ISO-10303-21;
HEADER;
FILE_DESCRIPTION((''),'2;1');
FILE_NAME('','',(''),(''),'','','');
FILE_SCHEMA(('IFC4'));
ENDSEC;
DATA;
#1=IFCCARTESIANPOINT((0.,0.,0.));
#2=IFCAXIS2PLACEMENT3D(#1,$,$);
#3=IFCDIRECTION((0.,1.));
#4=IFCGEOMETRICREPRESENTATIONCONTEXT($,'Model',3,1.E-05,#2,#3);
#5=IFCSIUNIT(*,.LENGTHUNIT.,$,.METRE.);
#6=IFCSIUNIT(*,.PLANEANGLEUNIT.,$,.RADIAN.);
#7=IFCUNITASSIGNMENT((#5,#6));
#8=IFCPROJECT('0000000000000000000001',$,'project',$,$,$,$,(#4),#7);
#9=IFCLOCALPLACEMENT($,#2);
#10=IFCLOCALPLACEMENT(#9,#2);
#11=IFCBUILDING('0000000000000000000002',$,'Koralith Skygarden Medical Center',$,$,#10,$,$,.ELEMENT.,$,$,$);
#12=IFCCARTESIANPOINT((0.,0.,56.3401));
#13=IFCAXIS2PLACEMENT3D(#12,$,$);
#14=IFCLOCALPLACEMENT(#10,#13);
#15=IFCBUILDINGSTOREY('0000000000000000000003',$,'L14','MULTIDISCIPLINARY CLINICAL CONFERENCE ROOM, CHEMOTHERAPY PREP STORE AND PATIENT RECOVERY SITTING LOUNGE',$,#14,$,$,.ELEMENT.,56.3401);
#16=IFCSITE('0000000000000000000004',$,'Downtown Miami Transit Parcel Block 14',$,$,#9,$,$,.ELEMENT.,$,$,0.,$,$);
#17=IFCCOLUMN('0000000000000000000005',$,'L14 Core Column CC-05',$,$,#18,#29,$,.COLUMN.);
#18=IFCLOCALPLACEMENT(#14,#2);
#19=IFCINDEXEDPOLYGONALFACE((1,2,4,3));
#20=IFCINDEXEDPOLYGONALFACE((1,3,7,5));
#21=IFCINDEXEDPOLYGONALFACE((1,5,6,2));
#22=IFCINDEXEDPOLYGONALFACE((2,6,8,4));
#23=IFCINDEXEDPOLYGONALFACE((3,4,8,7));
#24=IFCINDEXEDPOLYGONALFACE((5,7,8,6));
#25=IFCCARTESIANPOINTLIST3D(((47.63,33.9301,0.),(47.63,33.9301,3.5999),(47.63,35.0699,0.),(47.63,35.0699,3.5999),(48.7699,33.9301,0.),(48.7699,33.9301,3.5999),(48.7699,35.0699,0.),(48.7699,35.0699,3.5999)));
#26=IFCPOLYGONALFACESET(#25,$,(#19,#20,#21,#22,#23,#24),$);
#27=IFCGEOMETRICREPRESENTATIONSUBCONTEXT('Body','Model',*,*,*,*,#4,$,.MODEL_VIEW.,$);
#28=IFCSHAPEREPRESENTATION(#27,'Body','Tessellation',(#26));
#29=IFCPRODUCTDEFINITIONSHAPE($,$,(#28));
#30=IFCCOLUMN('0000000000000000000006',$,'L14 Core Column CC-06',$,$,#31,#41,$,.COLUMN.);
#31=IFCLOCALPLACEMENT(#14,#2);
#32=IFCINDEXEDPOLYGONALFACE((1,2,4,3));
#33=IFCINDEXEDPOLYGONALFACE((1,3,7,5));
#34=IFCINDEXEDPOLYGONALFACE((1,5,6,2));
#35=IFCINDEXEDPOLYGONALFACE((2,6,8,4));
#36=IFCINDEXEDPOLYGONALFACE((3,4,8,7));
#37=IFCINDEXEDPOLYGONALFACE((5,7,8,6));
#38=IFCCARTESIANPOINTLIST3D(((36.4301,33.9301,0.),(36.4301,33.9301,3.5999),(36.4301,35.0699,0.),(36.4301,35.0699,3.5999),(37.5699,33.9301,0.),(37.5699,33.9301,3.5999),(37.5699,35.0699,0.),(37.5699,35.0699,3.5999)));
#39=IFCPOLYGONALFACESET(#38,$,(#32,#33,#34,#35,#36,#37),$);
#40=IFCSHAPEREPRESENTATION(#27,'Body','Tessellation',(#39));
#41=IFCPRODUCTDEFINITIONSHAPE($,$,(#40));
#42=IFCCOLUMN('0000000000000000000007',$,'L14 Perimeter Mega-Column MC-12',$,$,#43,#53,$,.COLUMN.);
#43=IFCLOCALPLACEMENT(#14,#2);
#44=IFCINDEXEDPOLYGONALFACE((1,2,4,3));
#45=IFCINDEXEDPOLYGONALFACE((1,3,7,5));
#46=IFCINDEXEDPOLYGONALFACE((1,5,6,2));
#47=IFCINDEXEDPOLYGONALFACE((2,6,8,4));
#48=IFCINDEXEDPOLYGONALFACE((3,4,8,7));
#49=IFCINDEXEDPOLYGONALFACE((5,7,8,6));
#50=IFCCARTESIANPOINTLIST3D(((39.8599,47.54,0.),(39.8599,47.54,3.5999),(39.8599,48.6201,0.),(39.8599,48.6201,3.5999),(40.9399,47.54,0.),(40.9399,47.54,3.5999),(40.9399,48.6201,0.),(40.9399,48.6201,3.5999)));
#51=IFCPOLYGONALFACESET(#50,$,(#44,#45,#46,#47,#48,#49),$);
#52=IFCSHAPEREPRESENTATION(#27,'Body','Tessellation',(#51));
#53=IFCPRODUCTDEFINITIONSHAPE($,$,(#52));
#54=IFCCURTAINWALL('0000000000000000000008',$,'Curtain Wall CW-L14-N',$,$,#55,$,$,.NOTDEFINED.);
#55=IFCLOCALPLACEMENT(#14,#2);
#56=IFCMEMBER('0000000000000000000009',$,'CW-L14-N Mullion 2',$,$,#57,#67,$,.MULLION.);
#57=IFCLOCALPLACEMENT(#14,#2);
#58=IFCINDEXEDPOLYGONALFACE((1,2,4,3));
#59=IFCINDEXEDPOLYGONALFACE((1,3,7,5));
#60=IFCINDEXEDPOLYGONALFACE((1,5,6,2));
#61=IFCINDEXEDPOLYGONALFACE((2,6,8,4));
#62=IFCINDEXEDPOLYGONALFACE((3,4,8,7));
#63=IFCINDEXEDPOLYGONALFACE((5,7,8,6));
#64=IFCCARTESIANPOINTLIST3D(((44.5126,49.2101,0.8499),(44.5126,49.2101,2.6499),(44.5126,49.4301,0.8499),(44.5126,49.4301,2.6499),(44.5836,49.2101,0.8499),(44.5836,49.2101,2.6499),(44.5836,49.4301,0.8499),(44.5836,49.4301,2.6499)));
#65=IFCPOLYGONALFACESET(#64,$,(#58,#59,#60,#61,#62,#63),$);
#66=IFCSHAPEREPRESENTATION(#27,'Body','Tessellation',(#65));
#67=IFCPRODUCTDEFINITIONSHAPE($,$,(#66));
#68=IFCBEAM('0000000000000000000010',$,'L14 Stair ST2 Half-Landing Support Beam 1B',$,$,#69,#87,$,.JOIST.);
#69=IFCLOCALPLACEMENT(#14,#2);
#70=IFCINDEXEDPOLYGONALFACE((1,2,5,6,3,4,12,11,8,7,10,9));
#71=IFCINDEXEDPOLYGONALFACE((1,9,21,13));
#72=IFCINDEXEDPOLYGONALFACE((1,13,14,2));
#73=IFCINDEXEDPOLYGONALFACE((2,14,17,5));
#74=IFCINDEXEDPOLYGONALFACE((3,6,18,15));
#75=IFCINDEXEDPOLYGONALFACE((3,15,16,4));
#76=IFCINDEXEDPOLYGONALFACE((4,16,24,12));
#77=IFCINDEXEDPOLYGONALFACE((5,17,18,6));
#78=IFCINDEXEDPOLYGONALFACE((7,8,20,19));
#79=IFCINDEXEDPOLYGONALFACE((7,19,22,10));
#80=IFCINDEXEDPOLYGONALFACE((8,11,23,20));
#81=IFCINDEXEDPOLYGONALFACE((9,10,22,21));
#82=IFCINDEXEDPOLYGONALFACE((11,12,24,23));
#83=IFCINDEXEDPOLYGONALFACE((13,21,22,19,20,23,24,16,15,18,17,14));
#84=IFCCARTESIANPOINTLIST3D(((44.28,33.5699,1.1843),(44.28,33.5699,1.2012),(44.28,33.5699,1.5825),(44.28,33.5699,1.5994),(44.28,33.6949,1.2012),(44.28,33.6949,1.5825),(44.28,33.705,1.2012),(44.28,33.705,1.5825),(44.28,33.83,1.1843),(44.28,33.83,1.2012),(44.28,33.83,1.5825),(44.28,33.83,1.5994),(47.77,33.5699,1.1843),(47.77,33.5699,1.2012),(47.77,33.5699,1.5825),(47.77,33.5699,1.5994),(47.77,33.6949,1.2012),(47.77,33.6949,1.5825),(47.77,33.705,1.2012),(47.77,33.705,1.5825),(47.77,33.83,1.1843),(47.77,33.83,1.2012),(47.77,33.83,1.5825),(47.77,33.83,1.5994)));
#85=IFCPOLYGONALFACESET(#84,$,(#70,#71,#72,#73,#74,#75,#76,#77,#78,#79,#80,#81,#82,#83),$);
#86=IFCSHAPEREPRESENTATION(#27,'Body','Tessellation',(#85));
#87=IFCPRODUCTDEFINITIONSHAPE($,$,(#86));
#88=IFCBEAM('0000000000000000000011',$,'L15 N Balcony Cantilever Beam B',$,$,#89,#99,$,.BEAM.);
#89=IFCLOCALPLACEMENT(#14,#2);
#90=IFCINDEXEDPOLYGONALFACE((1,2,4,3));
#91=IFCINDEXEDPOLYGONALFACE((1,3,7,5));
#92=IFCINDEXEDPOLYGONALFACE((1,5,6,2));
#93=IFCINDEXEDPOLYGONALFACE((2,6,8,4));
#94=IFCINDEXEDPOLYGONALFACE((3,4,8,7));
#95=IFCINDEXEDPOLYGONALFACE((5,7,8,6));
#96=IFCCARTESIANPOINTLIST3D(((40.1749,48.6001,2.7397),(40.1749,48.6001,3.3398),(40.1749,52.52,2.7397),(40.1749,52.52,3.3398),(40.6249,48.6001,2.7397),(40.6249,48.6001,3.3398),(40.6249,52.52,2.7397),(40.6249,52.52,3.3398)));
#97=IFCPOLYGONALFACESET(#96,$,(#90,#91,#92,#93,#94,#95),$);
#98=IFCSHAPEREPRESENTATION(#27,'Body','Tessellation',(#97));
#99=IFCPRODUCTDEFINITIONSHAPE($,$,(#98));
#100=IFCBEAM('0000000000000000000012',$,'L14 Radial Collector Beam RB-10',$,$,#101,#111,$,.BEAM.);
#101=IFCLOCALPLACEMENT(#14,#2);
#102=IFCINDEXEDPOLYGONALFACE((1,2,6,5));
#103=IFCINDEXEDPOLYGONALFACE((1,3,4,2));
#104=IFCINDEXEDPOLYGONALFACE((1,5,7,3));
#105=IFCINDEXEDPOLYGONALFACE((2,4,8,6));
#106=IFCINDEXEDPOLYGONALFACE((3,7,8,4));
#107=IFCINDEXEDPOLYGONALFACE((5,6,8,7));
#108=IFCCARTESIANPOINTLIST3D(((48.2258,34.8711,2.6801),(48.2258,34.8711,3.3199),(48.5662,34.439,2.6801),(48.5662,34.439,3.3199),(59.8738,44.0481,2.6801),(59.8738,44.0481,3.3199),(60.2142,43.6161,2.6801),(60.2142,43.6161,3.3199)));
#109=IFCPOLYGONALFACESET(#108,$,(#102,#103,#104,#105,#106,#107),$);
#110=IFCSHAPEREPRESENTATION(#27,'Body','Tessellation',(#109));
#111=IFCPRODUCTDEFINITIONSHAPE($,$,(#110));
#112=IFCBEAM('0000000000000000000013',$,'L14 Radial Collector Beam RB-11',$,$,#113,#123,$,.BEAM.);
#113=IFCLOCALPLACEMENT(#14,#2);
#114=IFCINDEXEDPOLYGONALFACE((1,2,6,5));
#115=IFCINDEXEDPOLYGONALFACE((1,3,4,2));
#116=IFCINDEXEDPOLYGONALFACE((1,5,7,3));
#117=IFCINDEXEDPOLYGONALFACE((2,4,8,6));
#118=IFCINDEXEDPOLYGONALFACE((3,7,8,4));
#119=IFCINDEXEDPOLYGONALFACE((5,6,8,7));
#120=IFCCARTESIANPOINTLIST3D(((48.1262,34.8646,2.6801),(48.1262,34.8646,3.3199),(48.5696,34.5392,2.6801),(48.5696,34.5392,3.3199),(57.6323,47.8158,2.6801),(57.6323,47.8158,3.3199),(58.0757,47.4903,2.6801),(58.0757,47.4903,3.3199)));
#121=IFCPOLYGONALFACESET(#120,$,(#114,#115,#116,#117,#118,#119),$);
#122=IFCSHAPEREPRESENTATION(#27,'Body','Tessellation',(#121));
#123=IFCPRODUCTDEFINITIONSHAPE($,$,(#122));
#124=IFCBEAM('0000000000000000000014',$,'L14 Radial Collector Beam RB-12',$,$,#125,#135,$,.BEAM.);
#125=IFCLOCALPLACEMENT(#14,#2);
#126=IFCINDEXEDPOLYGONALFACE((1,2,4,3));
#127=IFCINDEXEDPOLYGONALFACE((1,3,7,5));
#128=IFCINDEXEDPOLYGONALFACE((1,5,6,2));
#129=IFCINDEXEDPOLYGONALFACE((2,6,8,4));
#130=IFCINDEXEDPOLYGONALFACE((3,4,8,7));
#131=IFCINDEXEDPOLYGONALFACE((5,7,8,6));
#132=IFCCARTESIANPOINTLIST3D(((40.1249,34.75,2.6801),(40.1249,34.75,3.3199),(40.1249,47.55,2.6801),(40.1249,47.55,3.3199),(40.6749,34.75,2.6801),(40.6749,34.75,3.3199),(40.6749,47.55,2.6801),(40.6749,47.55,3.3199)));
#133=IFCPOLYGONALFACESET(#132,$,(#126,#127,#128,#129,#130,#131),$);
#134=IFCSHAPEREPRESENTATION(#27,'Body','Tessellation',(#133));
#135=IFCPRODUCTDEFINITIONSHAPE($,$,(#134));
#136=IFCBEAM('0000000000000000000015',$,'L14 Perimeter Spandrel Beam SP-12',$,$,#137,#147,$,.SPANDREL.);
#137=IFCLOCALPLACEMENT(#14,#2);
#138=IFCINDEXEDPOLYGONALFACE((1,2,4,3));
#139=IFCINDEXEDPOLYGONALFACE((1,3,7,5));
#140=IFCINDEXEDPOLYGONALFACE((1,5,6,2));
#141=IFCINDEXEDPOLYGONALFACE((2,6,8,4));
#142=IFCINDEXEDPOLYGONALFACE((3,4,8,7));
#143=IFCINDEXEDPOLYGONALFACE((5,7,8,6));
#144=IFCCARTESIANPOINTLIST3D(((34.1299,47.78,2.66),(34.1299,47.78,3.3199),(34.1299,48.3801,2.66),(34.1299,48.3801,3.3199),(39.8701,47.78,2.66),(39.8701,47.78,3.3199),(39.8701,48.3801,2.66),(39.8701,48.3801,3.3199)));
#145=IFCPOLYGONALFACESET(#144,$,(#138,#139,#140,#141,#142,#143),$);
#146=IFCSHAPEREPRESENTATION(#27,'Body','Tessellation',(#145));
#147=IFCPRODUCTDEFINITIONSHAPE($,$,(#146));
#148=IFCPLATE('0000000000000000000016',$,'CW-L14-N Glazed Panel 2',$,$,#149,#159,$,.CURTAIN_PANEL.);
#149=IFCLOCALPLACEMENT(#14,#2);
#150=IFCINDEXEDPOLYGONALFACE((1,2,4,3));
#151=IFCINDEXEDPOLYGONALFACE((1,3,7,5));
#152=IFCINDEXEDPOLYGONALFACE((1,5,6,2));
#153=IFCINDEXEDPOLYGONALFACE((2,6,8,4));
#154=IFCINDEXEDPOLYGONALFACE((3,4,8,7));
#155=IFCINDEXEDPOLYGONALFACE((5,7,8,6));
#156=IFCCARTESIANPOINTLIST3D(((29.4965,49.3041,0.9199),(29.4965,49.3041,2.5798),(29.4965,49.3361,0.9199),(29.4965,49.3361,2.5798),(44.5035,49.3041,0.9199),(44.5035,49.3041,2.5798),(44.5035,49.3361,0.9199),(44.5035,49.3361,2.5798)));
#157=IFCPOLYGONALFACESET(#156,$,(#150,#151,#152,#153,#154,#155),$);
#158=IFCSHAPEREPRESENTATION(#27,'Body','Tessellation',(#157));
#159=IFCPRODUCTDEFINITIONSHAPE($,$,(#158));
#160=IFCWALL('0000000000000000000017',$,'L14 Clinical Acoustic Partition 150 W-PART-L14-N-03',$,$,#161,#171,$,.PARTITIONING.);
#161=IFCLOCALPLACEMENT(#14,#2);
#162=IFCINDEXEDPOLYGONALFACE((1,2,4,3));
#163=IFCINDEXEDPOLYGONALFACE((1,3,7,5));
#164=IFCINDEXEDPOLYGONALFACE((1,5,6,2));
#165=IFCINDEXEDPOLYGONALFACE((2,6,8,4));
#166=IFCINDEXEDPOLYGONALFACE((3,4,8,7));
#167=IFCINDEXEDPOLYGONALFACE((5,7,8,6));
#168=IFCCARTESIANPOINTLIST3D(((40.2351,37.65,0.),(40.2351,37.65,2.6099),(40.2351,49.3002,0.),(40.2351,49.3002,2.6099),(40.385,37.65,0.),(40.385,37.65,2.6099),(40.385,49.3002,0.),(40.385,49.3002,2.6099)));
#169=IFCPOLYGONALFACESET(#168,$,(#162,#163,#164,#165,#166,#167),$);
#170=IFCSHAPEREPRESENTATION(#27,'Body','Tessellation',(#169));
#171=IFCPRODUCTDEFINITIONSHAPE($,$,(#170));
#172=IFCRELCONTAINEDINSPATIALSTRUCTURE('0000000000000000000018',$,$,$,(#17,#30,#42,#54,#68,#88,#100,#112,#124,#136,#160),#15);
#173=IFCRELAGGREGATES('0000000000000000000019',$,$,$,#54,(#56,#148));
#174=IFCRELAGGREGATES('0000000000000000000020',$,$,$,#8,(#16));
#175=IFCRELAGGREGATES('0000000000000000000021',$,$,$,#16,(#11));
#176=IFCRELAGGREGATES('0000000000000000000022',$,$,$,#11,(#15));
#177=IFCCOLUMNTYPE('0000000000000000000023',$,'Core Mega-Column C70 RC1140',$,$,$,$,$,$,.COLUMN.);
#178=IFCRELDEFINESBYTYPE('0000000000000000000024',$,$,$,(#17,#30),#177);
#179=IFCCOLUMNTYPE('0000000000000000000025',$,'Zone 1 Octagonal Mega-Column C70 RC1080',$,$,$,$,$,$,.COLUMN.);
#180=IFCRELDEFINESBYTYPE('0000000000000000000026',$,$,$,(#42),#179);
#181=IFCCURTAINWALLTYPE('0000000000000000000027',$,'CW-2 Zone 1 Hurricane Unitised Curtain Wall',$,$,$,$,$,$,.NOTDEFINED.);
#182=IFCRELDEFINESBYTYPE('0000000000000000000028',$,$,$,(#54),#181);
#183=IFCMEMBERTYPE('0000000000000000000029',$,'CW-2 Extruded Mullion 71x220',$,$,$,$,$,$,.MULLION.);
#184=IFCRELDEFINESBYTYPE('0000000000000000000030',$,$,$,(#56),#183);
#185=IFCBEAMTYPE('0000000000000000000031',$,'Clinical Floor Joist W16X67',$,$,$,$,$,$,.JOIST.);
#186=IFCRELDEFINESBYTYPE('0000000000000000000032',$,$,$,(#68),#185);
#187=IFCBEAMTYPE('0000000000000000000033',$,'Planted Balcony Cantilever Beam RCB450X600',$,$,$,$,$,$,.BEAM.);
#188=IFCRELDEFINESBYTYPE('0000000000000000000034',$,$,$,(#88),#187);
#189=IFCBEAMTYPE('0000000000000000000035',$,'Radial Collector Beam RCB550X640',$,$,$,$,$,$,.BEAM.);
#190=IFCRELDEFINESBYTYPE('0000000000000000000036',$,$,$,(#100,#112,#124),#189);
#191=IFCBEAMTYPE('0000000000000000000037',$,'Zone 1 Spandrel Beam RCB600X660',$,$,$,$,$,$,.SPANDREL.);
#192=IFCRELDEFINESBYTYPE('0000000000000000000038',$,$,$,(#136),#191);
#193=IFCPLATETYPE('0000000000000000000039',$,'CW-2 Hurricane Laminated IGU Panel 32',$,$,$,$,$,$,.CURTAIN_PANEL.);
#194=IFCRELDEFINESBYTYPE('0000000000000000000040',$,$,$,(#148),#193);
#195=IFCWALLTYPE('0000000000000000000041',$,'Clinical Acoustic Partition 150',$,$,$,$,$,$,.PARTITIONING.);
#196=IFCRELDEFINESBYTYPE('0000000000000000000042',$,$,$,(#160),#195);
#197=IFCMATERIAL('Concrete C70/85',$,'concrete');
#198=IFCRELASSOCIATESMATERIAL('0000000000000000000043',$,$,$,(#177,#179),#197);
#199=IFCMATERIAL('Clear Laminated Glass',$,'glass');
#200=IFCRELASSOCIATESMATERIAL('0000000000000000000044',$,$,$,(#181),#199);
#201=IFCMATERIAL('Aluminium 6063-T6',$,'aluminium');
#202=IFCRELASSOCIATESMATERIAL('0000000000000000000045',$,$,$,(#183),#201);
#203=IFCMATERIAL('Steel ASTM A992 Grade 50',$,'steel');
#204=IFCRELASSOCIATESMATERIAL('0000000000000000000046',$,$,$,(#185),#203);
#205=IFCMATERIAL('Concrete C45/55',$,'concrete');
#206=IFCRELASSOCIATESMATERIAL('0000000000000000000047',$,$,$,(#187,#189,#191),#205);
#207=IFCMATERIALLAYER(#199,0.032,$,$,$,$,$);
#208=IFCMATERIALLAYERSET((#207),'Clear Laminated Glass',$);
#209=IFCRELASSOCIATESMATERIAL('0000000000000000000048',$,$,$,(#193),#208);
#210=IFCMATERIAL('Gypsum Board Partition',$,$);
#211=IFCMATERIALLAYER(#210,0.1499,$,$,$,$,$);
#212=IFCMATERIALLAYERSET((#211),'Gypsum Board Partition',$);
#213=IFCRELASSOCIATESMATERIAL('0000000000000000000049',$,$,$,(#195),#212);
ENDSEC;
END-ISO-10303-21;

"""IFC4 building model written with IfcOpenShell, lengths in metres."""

from ifc_helpers import new_model, si_unit, direction, frame, frame_2d, origin, origin_2d, place, context, subcontext, project, spatial, rectangle, i_section, extrude, material, layer, layer_set, material_profile, profile_set, type_object, element, aggregate, save


model = new_model("IFC4")

# Units and contexts
model_context = context("Model", 3, precision=1e-05, world=origin(), true_north=direction((0.0, 1.0)))
body_context = subcontext(model_context, "Body", "Model", "MODEL_VIEW")
ifc_project = project(units=[si_unit("LENGTHUNIT", "METRE"), si_unit("PLANEANGLEUNIT", "RADIAN")], contexts=[model_context])

# Site, building, storey
site_placement = place(None, origin())
site = spatial("IfcSite", under=ifc_project, at=site_placement, Name="Downtown Miami Transit Parcel Block 14", CompositionType="ELEMENT", RefElevation=0.0)
building_placement = place(site_placement, origin())
building = spatial("IfcBuilding", under=site, at=building_placement, Name="Koralith Skygarden Medical Center", CompositionType="ELEMENT")
storey_placement = place(building_placement, frame((0.0, 0.0, 56.3401)))
storey = spatial("IfcBuildingStorey", under=building, at=storey_placement, Name="L14", Description="MULTIDISCIPLINARY CLINICAL CONFERENCE ROOM, CHEMOTHERAPY PREP STORE AND PATIENT RECOVERY SITTING LOUNGE", CompositionType="ELEMENT", Elevation=56.3401)

# Columns
ifc_material_1 = material(Name="Concrete C70/85", Category="concrete")
ifc_material_profile_1 = material_profile(ifc_material_1, rectangle(XDim=1.1399, YDim=1.1399, at=origin_2d()), Name="RC1140X1140")
ifc_profile_set_1 = profile_set([ifc_material_profile_1], Name="Concrete C70/85")
column_type_1 = type_object("IfcColumnType", Name="Core Mega-Column C70 RC1140", PredefinedType="COLUMN", material=ifc_profile_set_1)
for number, where, z_axis, x_axis, name in (
    (1, (48.2, 34.5, 0.0), (0.0, 0.0, 1.0), (1.0, 0.0, 0.0), "L14 Core Column CC-05"),
    (2, (37.0, 34.5, 0.0), (0.0, 0.0, 1.0), (1.0, 0.0, 0.0), "L14 Core Column CC-06"),
):
    element("IfcColumn", number, at=place(storey_placement, frame(where, z_axis=z_axis, x_axis=x_axis)), inside=storey, type_object=column_type_1, Name=name, PredefinedType="COLUMN", context=body_context, shape_type="SweptSolid", body=[
        extrude(rectangle(XDim=1.1399, YDim=1.1399, at=origin_2d()), origin(), (0.0, 0.0, 1.0), 3.5999),
    ])
ifc_material_profile_2 = material_profile(ifc_material_1, rectangle(XDim=1.0801, YDim=1.0801, at=origin_2d()), Name="RC1080X1080")
ifc_profile_set_2 = profile_set([ifc_material_profile_2], Name="Concrete C70/85")
column_type_2 = type_object("IfcColumnType", Name="Zone 1 Octagonal Mega-Column C70 RC1080", PredefinedType="COLUMN", material=ifc_profile_set_2)
column_placement = place(storey_placement, frame((40.3999, 48.0801, 0.0), z_axis=(0.0, 0.0, 1.0), x_axis=(1.0, 0.0, 0.0)))
element("IfcColumn", 3, at=column_placement, inside=storey, type_object=column_type_2, Name="L14 Perimeter Mega-Column MC-12", PredefinedType="COLUMN", context=body_context, shape_type="SweptSolid", body=[
    extrude(rectangle(XDim=1.0801, YDim=1.0801, at=origin_2d()), origin(), (0.0, 0.0, 1.0), 3.5999),
])

# Curtain wall, member
ifc_material_2 = material(Name="Clear Laminated Glass", Category="glass")
curtain_wall_type = type_object("IfcCurtainWallType", Name="CW-2 Zone 1 Hurricane Unitised Curtain Wall", PredefinedType="NOTDEFINED", material=ifc_material_2)
curtain_wall_placement = place(storey_placement, origin())
curtain_wall = element("IfcCurtainWall", 4, at=curtain_wall_placement, inside=storey, type_object=curtain_wall_type, Name="Curtain Wall CW-L14-N", PredefinedType="NOTDEFINED")
ifc_material_3 = material(Name="Aluminium 6063-T6", Category="aluminium")
ifc_material_profile_3 = material_profile(ifc_material_3, rectangle(XDim=0.071, YDim=0.22, at=origin_2d()), Name="MUL71X220")
ifc_profile_set_3 = profile_set([ifc_material_profile_3], Name="Aluminium 6063-T6")
member_type = type_object("IfcMemberType", Name="CW-2 Extruded Mullion 71x220", PredefinedType="MULLION", material=ifc_profile_set_3)
member_placement = place(storey_placement, frame((44.5481, 49.3201, 0.8499), z_axis=(0.0, 0.0, 1.0), x_axis=(1.0, 0.0, 0.0)))
member = element("IfcMember", 5, at=member_placement, type_object=member_type, Name="CW-L14-N Mullion 2", PredefinedType="MULLION", context=body_context, shape_type="SweptSolid", body=[
    extrude(rectangle(XDim=0.071, YDim=0.22, at=origin_2d()), origin(), (0.0, 0.0, 1.0), 1.8),
])

# Beams
ifc_material_4 = material(Name="Steel ASTM A992 Grade 50", Category="steel")
ifc_material_profile_4 = material_profile(ifc_material_4, i_section(OverallWidth=0.26, OverallDepth=0.415, WebThickness=0.01, FlangeThickness=0.0168, at=origin_2d()), Name="W16X67")
ifc_profile_set_4 = profile_set([ifc_material_profile_4], Name="Steel ASTM A992 Grade 50")
beam_type_1 = type_object("IfcBeamType", Name="Clinical Floor Joist W16X67", PredefinedType="JOIST", material=ifc_profile_set_4)
beam_1_placement = place(storey_placement, frame((44.28, 33.7, 1.3918), z_axis=(1.0, 0.0, 0.0), x_axis=(0.0, 1.0, 0.0)))
element("IfcBeam", 6, at=beam_1_placement, inside=storey, type_object=beam_type_1, Name="L14 Stair ST2 Half-Landing Support Beam 1B", PredefinedType="JOIST", context=body_context, shape_type="SweptSolid", body=[
    extrude(i_section(OverallWidth=0.26, OverallDepth=0.415, WebThickness=0.01, FlangeThickness=0.0168, at=origin_2d()), origin(), (0.0, 0.0, 1.0), 3.49),
])
ifc_material_5 = material(Name="Concrete C45/55", Category="concrete")
ifc_material_profile_5 = material_profile(ifc_material_5, rectangle(XDim=0.45, YDim=0.6001, at=origin_2d()), Name="RCB450X600")
ifc_profile_set_5 = profile_set([ifc_material_profile_5], Name="Concrete C45/55")
beam_type_2 = type_object("IfcBeamType", Name="Planted Balcony Cantilever Beam RCB450X600", PredefinedType="BEAM", material=ifc_profile_set_5)
beam_2_placement = place(storey_placement, frame((40.3999, 48.6001, 3.0398), z_axis=(0.0, 1.0, 0.0), x_axis=(-1.0, 0.0, 0.0)))
element("IfcBeam", 7, at=beam_2_placement, inside=storey, type_object=beam_type_2, Name="L15 N Balcony Cantilever Beam B", PredefinedType="BEAM", context=body_context, shape_type="SweptSolid", body=[
    extrude(rectangle(XDim=0.45, YDim=0.6001, at=origin_2d()), origin(), (0.0, 0.0, 1.0), 3.9199),
])
ifc_material_profile_6 = material_profile(ifc_material_5, rectangle(XDim=0.55, YDim=0.6399, at=origin_2d()), Name="RCB550X640")
ifc_profile_set_6 = profile_set([ifc_material_profile_6], Name="Concrete C45/55")
beam_type_3 = type_object("IfcBeamType", Name="Radial Collector Beam RCB550X640", PredefinedType="BEAM", material=ifc_profile_set_6)
beam_3_placement = place(storey_placement, frame((48.396, 34.655, 3.0), z_axis=(0.785497, 0.618865, 0.0), x_axis=(-0.618865, 0.785497, 0.0)))
element("IfcBeam", 8, at=beam_3_placement, inside=storey, type_object=beam_type_3, Name="L14 Radial Collector Beam RB-10", PredefinedType="BEAM", context=body_context, shape_type="SweptSolid", body=[
    extrude(rectangle(XDim=0.55, YDim=0.6399, at=origin_2d()), origin(), (0.0, 0.0, 1.0), 14.8289),
])
beam_4_placement = place(storey_placement, frame((48.3479, 34.7019, 3.0), z_axis=(0.591711, 0.80615, 0.0), x_axis=(-0.80615, 0.591711, 0.0)))
element("IfcBeam", 9, at=beam_4_placement, inside=storey, type_object=beam_type_3, Name="L14 Radial Collector Beam RB-11", PredefinedType="BEAM", context=body_context, shape_type="SweptSolid", body=[
    extrude(rectangle(XDim=0.55, YDim=0.6399, at=origin_2d()), origin(), (0.0, 0.0, 1.0), 16.0654),
])
beam_5_placement = place(storey_placement, frame((40.3999, 34.75, 3.0), z_axis=(0.0, 1.0, 0.0), x_axis=(-1.0, 0.0, 0.0)))
element("IfcBeam", 10, at=beam_5_placement, inside=storey, type_object=beam_type_3, Name="L14 Radial Collector Beam RB-12", PredefinedType="BEAM", context=body_context, shape_type="SweptSolid", body=[
    extrude(rectangle(XDim=0.55, YDim=0.6399, at=origin_2d()), origin(), (0.0, 0.0, 1.0), 12.8),
])
ifc_material_profile_7 = material_profile(ifc_material_5, rectangle(XDim=0.6001, YDim=0.6599, at=origin_2d()), Name="RCB600X660")
ifc_profile_set_7 = profile_set([ifc_material_profile_7], Name="Concrete C45/55")
beam_type_4 = type_object("IfcBeamType", Name="Zone 1 Spandrel Beam RCB600X660", PredefinedType="SPANDREL", material=ifc_profile_set_7)
beam_6_placement = place(storey_placement, frame((39.8701, 48.0801, 2.99), z_axis=(-1.0, 0.0, 0.0), x_axis=(0.0, -1.0, 0.0)))
element("IfcBeam", 11, at=beam_6_placement, inside=storey, type_object=beam_type_4, Name="L14 Perimeter Spandrel Beam SP-12", PredefinedType="SPANDREL", context=body_context, shape_type="SweptSolid", body=[
    extrude(rectangle(XDim=0.6001, YDim=0.6599, at=origin_2d()), origin(), (0.0, 0.0, 1.0), 5.7402),
])

# Plate
ifc_layer_1 = layer(ifc_material_2, 0.032)
ifc_layer_set_1 = layer_set([ifc_layer_1], Name="Clear Laminated Glass")
plate_type = type_object("IfcPlateType", Name="CW-2 Hurricane Laminated IGU Panel 32", PredefinedType="CURTAIN_PANEL", material=ifc_layer_set_1)
plate_placement = place(storey_placement, frame((37.0, 49.3201, 0.9199), z_axis=(0.0, 0.0, 1.0), x_axis=(-1.0, 0.0, 0.0)))
plate = element("IfcPlate", 12, at=plate_placement, type_object=plate_type, Name="CW-L14-N Glazed Panel 2", PredefinedType="CURTAIN_PANEL", context=body_context, shape_type="SweptSolid", body=[
    extrude(rectangle(XDim=15.0071, YDim=0.032, at=origin_2d()), origin(), (0.0, 0.0, 1.0), 1.6599),
])
aggregate(curtain_wall, [member, plate])

# Wall
ifc_material_6 = material(Name="Gypsum Board Partition")
ifc_layer_2 = layer(ifc_material_6, 0.1499)
ifc_layer_set_2 = layer_set([ifc_layer_2], Name="Gypsum Board Partition")
wall_type_1 = type_object("IfcWallType", Name="Clinical Acoustic Partition 150", PredefinedType="PARTITIONING", material=ifc_layer_set_2)
wall_1_placement = place(storey_placement, frame((40.3101, 37.6499, 0.0), z_axis=(0.0, 0.0, 1.0), x_axis=(0.0, 1.0, 0.0)))
element("IfcWall", 13, at=wall_1_placement, inside=storey, type_object=wall_type_1, Name="L14 Clinical Acoustic Partition 150 W-PART-L14-N-03", PredefinedType="PARTITIONING", context=body_context, shape_type="SweptSolid", body=[
    extrude(rectangle(XDim=11.6501, YDim=0.1499, at=frame_2d((5.8252, 0.0))), origin(), (0.0, 0.0, 1.0), 2.6099),
])

save(model, "model.ifc")
